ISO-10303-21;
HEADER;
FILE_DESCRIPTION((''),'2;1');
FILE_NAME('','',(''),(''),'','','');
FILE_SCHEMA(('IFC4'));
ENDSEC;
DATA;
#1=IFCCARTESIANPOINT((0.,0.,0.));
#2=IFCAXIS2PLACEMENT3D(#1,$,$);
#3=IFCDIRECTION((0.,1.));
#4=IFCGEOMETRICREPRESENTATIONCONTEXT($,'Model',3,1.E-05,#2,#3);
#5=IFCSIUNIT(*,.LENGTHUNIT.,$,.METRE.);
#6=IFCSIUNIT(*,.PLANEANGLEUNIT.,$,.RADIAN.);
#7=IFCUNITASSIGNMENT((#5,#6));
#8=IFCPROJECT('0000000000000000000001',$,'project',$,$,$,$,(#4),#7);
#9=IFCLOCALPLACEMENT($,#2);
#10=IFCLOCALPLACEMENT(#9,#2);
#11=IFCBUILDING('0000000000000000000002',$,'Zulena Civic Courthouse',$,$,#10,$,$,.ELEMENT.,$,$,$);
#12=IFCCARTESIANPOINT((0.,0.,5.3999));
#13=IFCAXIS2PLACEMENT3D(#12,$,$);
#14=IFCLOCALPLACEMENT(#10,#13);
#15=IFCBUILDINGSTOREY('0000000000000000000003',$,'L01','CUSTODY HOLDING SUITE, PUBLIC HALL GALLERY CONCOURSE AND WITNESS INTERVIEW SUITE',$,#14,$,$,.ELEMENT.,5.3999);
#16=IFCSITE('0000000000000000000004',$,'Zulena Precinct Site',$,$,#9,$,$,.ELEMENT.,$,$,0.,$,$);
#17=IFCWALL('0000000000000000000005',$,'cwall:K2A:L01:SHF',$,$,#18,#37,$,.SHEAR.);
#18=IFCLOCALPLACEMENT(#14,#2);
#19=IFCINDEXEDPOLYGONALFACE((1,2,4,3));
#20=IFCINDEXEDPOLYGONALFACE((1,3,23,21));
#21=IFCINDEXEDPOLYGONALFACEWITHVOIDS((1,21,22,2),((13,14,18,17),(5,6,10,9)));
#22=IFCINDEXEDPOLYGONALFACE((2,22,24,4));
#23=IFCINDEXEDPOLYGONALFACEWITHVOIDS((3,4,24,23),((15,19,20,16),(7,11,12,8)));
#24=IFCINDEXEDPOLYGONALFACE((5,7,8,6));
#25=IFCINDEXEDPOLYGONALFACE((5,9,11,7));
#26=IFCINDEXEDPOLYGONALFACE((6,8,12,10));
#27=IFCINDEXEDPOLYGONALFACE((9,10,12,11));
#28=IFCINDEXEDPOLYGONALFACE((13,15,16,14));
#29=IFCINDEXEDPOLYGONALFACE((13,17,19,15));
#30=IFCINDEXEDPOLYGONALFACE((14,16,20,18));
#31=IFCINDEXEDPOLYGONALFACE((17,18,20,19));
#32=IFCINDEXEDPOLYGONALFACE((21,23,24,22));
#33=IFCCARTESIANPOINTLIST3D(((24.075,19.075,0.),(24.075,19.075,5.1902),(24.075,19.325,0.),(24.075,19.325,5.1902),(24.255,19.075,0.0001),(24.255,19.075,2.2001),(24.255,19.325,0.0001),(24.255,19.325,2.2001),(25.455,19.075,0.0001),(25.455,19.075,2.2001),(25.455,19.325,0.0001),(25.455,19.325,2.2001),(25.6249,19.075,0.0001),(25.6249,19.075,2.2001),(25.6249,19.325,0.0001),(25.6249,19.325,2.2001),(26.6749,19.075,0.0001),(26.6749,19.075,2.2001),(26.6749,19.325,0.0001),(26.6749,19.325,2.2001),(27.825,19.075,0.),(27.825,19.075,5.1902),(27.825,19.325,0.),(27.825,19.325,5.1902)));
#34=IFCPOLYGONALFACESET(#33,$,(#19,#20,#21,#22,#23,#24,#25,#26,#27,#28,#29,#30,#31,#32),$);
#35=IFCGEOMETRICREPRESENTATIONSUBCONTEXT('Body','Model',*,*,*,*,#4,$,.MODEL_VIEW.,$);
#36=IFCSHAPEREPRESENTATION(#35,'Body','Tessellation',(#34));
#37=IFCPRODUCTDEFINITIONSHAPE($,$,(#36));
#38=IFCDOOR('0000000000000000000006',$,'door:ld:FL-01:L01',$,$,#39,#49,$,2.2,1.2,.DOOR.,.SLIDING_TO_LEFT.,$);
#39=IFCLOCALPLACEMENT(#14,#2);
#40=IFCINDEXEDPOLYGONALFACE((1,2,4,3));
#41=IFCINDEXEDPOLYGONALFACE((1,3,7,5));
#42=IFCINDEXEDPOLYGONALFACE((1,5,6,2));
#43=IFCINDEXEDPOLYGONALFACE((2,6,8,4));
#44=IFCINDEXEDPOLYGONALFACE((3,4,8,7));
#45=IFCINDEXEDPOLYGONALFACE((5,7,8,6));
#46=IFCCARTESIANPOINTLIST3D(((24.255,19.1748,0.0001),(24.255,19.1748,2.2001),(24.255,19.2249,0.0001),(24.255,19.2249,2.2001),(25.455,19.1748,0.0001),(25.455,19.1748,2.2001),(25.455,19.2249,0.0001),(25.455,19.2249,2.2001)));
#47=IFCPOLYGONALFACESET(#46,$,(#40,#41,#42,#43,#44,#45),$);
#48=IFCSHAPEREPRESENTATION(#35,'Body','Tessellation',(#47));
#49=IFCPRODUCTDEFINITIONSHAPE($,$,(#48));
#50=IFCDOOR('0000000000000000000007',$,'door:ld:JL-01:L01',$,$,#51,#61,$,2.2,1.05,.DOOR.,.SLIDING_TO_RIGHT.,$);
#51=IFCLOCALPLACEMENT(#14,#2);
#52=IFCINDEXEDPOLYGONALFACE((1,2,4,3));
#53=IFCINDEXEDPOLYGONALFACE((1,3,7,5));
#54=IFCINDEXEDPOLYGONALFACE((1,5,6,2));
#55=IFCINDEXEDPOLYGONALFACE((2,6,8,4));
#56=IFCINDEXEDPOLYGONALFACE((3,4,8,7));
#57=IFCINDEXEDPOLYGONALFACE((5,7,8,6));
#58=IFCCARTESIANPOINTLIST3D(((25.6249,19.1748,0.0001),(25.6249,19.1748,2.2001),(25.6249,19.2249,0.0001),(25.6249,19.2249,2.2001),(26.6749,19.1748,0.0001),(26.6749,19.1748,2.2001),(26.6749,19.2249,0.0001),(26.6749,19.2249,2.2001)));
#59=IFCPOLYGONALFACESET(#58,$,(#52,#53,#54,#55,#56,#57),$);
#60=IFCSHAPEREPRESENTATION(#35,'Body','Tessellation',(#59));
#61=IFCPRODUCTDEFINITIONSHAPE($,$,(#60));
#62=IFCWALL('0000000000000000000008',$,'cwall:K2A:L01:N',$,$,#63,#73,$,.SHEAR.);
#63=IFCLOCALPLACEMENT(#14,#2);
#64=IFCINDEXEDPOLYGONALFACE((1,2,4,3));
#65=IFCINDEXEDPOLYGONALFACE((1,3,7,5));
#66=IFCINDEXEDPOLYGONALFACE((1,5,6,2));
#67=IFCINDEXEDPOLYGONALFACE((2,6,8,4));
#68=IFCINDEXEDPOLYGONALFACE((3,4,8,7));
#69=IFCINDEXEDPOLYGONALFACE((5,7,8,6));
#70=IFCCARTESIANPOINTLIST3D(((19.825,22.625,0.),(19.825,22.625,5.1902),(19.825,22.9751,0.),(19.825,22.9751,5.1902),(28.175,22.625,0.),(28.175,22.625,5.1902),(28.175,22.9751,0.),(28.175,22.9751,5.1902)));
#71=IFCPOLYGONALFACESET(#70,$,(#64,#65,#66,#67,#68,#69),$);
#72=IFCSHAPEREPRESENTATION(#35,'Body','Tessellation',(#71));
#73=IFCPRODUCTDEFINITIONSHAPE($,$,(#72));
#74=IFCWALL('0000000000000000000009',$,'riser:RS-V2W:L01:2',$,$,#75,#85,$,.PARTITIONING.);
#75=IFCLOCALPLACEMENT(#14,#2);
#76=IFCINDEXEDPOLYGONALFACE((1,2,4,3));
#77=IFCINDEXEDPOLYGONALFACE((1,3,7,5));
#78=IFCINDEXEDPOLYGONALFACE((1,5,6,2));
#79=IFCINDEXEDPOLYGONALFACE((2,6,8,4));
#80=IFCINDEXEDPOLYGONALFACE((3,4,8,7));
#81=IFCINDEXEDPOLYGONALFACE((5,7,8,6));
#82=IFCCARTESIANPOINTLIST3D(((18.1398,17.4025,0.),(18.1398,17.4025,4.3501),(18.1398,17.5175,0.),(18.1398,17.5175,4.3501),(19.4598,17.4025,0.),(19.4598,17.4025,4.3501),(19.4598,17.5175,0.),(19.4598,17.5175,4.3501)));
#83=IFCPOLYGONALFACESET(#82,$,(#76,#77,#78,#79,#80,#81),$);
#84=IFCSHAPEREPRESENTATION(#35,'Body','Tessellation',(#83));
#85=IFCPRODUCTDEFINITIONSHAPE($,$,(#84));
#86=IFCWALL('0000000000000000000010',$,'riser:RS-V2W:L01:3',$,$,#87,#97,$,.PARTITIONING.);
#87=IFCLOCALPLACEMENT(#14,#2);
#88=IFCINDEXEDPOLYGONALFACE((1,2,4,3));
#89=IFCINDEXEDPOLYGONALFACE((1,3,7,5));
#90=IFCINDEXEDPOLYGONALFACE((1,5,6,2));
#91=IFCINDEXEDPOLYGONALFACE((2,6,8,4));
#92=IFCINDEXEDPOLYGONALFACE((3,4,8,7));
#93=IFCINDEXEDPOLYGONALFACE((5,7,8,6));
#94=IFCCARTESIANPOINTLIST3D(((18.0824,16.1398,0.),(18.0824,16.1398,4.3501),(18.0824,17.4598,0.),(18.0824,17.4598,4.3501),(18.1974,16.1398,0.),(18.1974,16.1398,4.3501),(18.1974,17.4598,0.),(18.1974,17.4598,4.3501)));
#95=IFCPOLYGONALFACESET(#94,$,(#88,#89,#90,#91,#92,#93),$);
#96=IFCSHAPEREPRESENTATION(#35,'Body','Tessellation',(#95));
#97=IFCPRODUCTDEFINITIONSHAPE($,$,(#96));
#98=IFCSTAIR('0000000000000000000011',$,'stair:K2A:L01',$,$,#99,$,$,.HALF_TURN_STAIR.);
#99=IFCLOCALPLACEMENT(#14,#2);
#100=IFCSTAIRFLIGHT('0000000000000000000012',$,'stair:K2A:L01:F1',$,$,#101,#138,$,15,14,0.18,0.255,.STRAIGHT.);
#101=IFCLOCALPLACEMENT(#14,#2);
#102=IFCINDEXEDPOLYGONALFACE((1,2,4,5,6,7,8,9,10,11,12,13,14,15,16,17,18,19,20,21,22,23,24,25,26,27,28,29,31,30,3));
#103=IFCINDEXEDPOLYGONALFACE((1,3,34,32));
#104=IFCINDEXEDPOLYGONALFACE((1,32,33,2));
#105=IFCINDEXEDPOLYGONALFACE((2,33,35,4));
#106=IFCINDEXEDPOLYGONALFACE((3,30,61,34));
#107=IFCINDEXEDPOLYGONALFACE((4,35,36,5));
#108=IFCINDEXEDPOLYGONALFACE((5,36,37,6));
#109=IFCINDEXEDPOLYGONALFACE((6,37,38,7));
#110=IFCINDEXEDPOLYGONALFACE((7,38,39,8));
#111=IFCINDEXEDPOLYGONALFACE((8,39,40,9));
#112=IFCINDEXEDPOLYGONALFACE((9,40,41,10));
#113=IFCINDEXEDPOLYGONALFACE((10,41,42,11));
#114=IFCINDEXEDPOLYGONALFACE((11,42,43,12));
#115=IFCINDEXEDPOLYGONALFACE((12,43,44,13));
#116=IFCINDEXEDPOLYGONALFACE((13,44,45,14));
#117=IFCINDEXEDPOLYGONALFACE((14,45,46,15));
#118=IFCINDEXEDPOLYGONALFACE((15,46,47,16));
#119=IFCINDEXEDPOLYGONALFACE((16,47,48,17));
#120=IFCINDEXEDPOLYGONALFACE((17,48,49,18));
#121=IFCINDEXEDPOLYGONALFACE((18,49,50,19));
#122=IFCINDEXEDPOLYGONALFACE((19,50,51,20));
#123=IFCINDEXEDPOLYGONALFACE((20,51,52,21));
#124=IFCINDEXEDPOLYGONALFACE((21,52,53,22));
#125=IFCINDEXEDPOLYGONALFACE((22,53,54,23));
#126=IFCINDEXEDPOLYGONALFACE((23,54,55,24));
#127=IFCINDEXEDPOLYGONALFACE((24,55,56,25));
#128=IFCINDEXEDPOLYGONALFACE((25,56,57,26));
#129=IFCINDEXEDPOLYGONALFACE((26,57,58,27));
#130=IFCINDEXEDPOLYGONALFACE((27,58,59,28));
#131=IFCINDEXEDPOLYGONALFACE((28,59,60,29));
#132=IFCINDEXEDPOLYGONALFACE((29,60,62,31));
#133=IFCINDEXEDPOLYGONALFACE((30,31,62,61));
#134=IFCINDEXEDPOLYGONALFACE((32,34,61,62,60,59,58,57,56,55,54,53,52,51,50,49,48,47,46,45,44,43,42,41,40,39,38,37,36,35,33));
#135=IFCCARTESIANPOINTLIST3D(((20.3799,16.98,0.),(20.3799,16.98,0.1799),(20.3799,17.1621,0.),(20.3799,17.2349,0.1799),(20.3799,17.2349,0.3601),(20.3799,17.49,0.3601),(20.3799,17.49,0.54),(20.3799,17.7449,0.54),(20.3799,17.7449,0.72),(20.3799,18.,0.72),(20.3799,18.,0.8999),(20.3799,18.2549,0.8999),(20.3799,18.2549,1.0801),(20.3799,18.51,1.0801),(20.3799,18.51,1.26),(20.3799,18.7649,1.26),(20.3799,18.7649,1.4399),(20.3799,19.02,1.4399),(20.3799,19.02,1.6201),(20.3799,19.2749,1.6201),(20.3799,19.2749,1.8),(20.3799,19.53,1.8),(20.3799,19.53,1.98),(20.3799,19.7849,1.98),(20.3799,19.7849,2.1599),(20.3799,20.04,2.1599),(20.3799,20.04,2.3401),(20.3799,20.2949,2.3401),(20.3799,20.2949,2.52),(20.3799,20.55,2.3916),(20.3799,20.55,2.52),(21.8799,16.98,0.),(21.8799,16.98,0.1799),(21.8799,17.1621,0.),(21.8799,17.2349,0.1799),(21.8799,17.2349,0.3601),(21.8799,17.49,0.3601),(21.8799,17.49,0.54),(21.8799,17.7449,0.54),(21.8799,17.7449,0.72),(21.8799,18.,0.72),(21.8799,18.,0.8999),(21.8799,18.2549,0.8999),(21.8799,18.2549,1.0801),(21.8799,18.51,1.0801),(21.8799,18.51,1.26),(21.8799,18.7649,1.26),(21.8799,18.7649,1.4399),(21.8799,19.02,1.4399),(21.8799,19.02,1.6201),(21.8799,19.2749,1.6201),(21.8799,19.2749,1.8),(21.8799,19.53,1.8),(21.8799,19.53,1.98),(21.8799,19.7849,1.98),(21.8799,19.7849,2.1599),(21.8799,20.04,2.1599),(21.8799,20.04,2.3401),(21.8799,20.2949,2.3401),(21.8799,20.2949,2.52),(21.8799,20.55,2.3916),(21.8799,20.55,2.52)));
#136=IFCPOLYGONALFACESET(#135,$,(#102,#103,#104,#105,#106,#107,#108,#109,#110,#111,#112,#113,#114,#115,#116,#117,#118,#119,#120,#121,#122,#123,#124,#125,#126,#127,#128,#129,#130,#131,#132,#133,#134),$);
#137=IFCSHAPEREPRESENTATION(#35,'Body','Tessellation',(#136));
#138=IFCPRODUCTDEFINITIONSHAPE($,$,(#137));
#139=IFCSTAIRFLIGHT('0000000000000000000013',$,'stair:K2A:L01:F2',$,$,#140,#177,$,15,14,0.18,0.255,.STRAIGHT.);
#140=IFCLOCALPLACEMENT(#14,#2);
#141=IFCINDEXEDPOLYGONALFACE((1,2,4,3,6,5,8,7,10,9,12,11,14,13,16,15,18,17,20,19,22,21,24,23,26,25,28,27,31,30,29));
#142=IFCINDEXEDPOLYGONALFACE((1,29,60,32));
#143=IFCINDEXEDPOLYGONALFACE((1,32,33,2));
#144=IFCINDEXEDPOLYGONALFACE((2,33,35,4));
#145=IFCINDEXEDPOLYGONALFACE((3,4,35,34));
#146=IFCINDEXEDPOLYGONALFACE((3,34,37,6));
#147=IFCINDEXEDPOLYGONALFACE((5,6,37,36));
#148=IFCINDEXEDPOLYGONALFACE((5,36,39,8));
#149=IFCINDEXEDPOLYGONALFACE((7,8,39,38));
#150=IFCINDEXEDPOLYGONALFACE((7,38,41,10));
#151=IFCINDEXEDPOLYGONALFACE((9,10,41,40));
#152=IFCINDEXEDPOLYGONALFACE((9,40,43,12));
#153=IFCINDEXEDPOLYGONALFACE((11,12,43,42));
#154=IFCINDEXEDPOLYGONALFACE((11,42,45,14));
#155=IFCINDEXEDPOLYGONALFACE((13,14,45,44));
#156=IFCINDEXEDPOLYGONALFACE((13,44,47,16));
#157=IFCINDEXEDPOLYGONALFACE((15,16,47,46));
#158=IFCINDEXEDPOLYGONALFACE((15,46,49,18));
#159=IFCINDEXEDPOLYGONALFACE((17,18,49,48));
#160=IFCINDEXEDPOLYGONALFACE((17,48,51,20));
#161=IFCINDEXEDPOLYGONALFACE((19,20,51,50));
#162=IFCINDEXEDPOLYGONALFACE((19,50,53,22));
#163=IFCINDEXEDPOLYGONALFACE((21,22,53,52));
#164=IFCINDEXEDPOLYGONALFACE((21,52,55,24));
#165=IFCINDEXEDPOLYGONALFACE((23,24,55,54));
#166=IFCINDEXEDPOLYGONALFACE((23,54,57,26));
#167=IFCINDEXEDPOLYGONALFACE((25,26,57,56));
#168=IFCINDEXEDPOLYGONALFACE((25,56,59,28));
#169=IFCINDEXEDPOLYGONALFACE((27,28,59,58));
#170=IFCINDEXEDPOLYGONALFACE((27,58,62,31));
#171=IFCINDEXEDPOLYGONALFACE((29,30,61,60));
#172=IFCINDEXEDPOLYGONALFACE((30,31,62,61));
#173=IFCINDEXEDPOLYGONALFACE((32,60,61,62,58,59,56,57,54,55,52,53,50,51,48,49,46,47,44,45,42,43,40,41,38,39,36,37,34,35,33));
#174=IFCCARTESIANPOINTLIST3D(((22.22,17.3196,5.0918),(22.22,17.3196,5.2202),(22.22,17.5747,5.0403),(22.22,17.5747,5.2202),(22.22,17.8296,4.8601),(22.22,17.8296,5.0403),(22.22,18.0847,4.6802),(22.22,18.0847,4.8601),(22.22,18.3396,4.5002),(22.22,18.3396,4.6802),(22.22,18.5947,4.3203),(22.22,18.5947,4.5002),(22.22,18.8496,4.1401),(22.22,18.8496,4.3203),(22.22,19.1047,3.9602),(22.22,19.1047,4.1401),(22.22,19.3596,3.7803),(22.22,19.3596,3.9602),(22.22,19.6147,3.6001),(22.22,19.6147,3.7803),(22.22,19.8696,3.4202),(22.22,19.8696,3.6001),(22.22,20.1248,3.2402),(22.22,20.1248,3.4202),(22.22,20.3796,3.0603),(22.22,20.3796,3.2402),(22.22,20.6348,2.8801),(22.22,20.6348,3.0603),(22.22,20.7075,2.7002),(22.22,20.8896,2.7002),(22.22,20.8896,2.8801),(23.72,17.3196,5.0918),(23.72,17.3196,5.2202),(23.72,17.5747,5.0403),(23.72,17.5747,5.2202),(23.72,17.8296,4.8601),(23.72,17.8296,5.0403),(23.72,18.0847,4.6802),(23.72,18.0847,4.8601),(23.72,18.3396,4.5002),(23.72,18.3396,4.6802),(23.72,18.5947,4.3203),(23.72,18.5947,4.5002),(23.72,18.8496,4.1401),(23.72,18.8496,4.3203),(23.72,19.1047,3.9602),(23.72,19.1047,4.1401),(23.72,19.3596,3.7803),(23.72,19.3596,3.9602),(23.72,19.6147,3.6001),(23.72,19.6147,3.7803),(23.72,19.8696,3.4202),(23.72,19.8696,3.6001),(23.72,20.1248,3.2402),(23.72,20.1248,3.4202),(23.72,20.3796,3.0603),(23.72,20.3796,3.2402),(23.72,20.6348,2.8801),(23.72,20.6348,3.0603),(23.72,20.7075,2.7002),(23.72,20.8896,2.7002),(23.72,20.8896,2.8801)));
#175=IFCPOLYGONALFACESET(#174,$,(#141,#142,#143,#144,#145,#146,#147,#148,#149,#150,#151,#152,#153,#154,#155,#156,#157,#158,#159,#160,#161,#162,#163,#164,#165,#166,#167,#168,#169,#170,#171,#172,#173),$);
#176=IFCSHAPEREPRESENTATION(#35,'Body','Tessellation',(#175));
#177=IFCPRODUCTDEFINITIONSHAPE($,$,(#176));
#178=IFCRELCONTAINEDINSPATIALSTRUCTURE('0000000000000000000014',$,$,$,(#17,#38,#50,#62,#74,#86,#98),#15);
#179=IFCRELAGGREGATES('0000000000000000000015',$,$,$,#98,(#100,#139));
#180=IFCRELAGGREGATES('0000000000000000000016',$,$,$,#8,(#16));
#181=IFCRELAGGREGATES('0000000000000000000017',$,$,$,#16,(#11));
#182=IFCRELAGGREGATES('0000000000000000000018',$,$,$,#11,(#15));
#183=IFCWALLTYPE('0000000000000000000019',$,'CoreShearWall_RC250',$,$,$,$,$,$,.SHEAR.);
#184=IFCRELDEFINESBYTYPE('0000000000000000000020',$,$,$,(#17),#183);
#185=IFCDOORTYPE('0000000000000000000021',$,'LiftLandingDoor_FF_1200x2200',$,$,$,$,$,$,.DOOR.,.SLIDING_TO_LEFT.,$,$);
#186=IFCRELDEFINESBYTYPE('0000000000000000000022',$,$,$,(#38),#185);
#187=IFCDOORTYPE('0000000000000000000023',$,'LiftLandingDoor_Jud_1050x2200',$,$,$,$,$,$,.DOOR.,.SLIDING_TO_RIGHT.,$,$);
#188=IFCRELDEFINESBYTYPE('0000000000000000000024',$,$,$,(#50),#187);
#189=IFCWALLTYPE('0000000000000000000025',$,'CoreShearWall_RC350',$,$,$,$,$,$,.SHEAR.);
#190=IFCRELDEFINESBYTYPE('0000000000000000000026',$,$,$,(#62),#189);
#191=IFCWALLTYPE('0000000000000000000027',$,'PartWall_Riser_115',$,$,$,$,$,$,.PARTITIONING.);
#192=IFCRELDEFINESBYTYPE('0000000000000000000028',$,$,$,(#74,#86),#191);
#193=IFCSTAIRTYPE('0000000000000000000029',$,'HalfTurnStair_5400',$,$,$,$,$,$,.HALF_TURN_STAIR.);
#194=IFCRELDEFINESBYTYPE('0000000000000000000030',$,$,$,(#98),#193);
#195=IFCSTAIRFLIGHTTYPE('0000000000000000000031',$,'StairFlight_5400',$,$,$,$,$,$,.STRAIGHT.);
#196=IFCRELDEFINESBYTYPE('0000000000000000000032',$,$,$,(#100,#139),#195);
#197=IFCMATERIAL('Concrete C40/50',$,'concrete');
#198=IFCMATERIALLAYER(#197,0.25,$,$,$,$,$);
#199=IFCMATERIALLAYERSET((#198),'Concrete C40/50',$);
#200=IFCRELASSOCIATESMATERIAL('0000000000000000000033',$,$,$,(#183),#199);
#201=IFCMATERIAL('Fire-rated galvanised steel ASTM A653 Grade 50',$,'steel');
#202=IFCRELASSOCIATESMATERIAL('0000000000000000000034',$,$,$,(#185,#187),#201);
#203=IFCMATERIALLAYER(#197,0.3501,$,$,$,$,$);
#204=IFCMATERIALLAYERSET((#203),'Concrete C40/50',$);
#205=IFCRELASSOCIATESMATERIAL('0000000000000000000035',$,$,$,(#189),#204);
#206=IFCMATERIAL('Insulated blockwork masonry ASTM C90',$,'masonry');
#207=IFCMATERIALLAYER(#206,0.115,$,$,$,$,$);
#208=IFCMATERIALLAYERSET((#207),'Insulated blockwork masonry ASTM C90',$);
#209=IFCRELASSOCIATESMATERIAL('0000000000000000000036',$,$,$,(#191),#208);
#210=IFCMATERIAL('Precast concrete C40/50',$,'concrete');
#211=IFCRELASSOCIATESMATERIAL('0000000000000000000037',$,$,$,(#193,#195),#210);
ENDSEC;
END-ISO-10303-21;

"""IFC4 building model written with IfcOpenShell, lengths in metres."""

from ifc_helpers import new_model, si_unit, direction, frame, frame_2d, origin, place, context, subcontext, project, spatial, polyline, rectangle, outline, extrude, material, layer, layer_set, type_object, element, fill, aggregate, save


model = new_model("IFC4")

# Units and contexts
model_context = context("Model", 3, precision=1e-05, world=origin(), true_north=direction((0.0, 1.0)))
body_context = subcontext(model_context, "Body", "Model", "MODEL_VIEW")
ifc_project = project(units=[si_unit("LENGTHUNIT", "METRE"), si_unit("PLANEANGLEUNIT", "RADIAN")], contexts=[model_context])

# Site, building, storey
site_placement = place(None, origin())
site = spatial("IfcSite", under=ifc_project, at=site_placement, Name="Zulena Precinct Site", CompositionType="ELEMENT", RefElevation=0.0)
building_placement = place(site_placement, origin())
building = spatial("IfcBuilding", under=site, at=building_placement, Name="Zulena Civic Courthouse", CompositionType="ELEMENT")
storey_placement = place(building_placement, frame((0.0, 0.0, 5.3999)))
storey = spatial("IfcBuildingStorey", under=building, at=storey_placement, Name="L01", Description="CUSTODY HOLDING SUITE, PUBLIC HALL GALLERY CONCOURSE AND WITNESS INTERVIEW SUITE", CompositionType="ELEMENT", Elevation=5.3999)

# Wall, openings, doors
ifc_material_1 = material(Name="Concrete C40/50", Category="concrete")
ifc_layer_1 = layer(ifc_material_1, 0.25)
ifc_layer_set_1 = layer_set([ifc_layer_1], Name="Concrete C40/50")
wall_type_1 = type_object("IfcWallType", Name="CoreShearWall_RC250", PredefinedType="SHEAR", material=ifc_layer_set_1)
wall_1_placement = place(storey_placement, frame((24.075, 19.2, 0.0), z_axis=(0.0, 0.0, 1.0), x_axis=(1.0, 0.0, 0.0)))
wall_1 = element("IfcWall", 1, at=wall_1_placement, inside=storey, type_object=wall_type_1, Name="cwall:K2A:L01:SHF", PredefinedType="SHEAR", context=body_context, shape_type="SweptSolid", body=[
    extrude(rectangle(XDim=3.75, YDim=0.25, at=frame_2d((1.875, 0.0))), origin(), (0.0, 0.0, 1.0), 5.1902),
])
opening_1_placement = place(wall_1_placement, frame((0.1799, 0.0, 0.0)))
opening_1 = element("IfcOpeningElement", 2, at=opening_1_placement, cuts=wall_1, PredefinedType="OPENING", context=body_context, shape_type="SweptSolid", body=[
    extrude(rectangle(XDim=1.2, YDim=2.2, at=frame_2d((0.6001, 1.1001))), frame((0.0, 0.135, 0.0), z_axis=(0.0, -1.0, 0.0), x_axis=(1.0, 0.0, 0.0)), (0.0, 0.0, 1.0), 0.27),
])
opening_2_placement = place(wall_1_placement, frame((1.55, 0.0, 0.0)))
opening_2 = element("IfcOpeningElement", 3, at=opening_2_placement, cuts=wall_1, PredefinedType="OPENING", context=body_context, shape_type="SweptSolid", body=[
    extrude(rectangle(XDim=1.05, YDim=2.2, at=frame_2d((0.5249, 1.1001))), frame((0.0, 0.135, 0.0), z_axis=(0.0, -1.0, 0.0), x_axis=(1.0, 0.0, 0.0)), (0.0, 0.0, 1.0), 0.27),
])
ifc_material_2 = material(Name="Fire-rated galvanised steel ASTM A653 Grade 50", Category="steel")
door_type_1 = type_object("IfcDoorType", Name="LiftLandingDoor_FF_1200x2200", OperationType="SLIDING_TO_LEFT", PredefinedType="DOOR", material=ifc_material_2)
door_1_placement = place(opening_1_placement, origin())
door_1 = element("IfcDoor", 4, at=door_1_placement, inside=storey, type_object=door_type_1, Name="door:ld:FL-01:L01", OperationType="SLIDING_TO_LEFT", OverallHeight=2.2, OverallWidth=1.2, PredefinedType="DOOR", context=body_context, shape_type="SweptSolid", body=[
    extrude(rectangle(XDim=1.2, YDim=2.2, at=frame_2d((0.6001, 1.1001))), frame((0.0, 0.0249, 0.0), z_axis=(0.0, -1.0, 0.0), x_axis=(1.0, 0.0, 0.0)), (0.0, 0.0, 1.0), 0.05),
])
fill(opening_1, door_1)
door_type_2 = type_object("IfcDoorType", Name="LiftLandingDoor_Jud_1050x2200", OperationType="SLIDING_TO_RIGHT", PredefinedType="DOOR", material=ifc_material_2)
door_2_placement = place(opening_2_placement, origin())
door_2 = element("IfcDoor", 5, at=door_2_placement, inside=storey, type_object=door_type_2, Name="door:ld:JL-01:L01", OperationType="SLIDING_TO_RIGHT", OverallHeight=2.2, OverallWidth=1.05, PredefinedType="DOOR", context=body_context, shape_type="SweptSolid", body=[
    extrude(rectangle(XDim=1.05, YDim=2.2, at=frame_2d((0.5249, 1.1001))), frame((0.0, 0.0249, 0.0), z_axis=(0.0, -1.0, 0.0), x_axis=(1.0, 0.0, 0.0)), (0.0, 0.0, 1.0), 0.05),
])
fill(opening_2, door_2)

# Walls
ifc_layer_2 = layer(ifc_material_1, 0.3501)
ifc_layer_set_2 = layer_set([ifc_layer_2], Name="Concrete C40/50")
wall_type_2 = type_object("IfcWallType", Name="CoreShearWall_RC350", PredefinedType="SHEAR", material=ifc_layer_set_2)
wall_2_placement = place(storey_placement, frame((19.825, 22.8, 0.0), z_axis=(0.0, 0.0, 1.0), x_axis=(1.0, 0.0, 0.0)))
element("IfcWall", 6, at=wall_2_placement, inside=storey, type_object=wall_type_2, Name="cwall:K2A:L01:N", PredefinedType="SHEAR", context=body_context, shape_type="SweptSolid", body=[
    extrude(rectangle(XDim=8.3501, YDim=0.3501, at=frame_2d((4.175, 0.0))), origin(), (0.0, 0.0, 1.0), 5.1902),
])
ifc_material_3 = material(Name="Insulated blockwork masonry ASTM C90", Category="masonry")
ifc_layer_3 = layer(ifc_material_3, 0.115)
ifc_layer_set_3 = layer_set([ifc_layer_3], Name="Insulated blockwork masonry ASTM C90")
wall_type_3 = type_object("IfcWallType", Name="PartWall_Riser_115", PredefinedType="PARTITIONING", material=ifc_layer_set_3)
for number, where, z_axis, x_axis, name in (
    (7, (19.46, 17.46, 0.0), (0.0, 0.0, 1.0), (-1.0, 0.0, 0.0), "riser:RS-V2W:L01:2"),
    (8, (18.1399, 17.46, 0.0), (0.0, 0.0, 1.0), (0.0, -1.0, 0.0), "riser:RS-V2W:L01:3"),
):
    element("IfcWall", number, at=place(storey_placement, frame(where, z_axis=z_axis, x_axis=x_axis)), inside=storey, type_object=wall_type_3, Name=name, PredefinedType="PARTITIONING", context=body_context, shape_type="SweptSolid", body=[
        extrude(rectangle(XDim=1.3201, YDim=0.115, at=frame_2d((0.6602, 0.0))), origin(), (0.0, 0.0, 1.0), 4.3501),
    ])

# Stair, stair flights
ifc_material_4 = material(Name="Precast concrete C40/50", Category="concrete")
stair_type = type_object("IfcStairType", Name="HalfTurnStair_5400", PredefinedType="HALF_TURN_STAIR", material=ifc_material_4)
stair_placement = place(storey_placement, origin())
stair = element("IfcStair", 9, at=stair_placement, inside=storey, type_object=stair_type, Name="stair:K2A:L01", PredefinedType="HALF_TURN_STAIR")
stair_flight_type = type_object("IfcStairFlightType", Name="StairFlight_5400", PredefinedType="STRAIGHT", material=ifc_material_4)
stair_flight_1_placement = place(storey_placement, frame((21.1299, 16.98, 0.0), z_axis=(0.0, 0.0, 1.0), x_axis=(0.0, 1.0, 0.0)))
stair_flight_1 = element("IfcStairFlight", 10, at=stair_flight_1_placement, type_object=stair_flight_type, Name="stair:K2A:L01:F1", NumberOfRisers=15, NumberOfTreads=14, PredefinedType="STRAIGHT", RiserHeight=0.18, TreadLength=0.255, context=body_context, shape_type="SweptSolid", body=[
    extrude(outline(polyline([(0.0, 0.0), (0.0, 0.1799), (0.2549, 0.1799), (0.2549, 0.3601), (0.51, 0.3601), (0.51, 0.54), (0.7649, 0.54), (0.7649, 0.72), (1.02, 0.72), (1.02, 0.8999), (1.2749, 0.8999), (1.2749, 1.0801), (1.53, 1.0801), (1.53, 1.26), (1.7849, 1.26), (1.7849, 1.4399), (2.04, 1.4399), (2.04, 1.6201), (2.2949, 1.6201), (2.2949, 1.8), (2.55, 1.8), (2.55, 1.98), (2.8049, 1.98), (2.8049, 2.1599), (3.0601, 2.1599), (3.0601, 2.3401), (3.3149, 2.3401), (3.3149, 2.52), (3.5701, 2.52), (3.5701, 2.7), (3.5701, 2.3916), (0.1821, 0.0), (0.0, 0.0)])), frame((0.0, 0.75, 0.0), z_axis=(0.0, -1.0, 0.0), x_axis=(1.0, 0.0, 0.0)), (0.0, 0.0, 1.0), 1.5),
])
stair_flight_2_placement = place(storey_placement, frame((22.97, 20.8896, 2.7002), z_axis=(0.0, 0.0, 1.0), x_axis=(0.0, -1.0, 0.0)))
stair_flight_2 = element("IfcStairFlight", 11, at=stair_flight_2_placement, type_object=stair_flight_type, Name="stair:K2A:L01:F2", NumberOfRisers=15, NumberOfTreads=14, PredefinedType="STRAIGHT", RiserHeight=0.18, TreadLength=0.255, context=body_context, shape_type="SweptSolid", body=[
    extrude(outline(polyline([(0.0, 0.0), (0.0, 0.1799), (0.2549, 0.1799), (0.2549, 0.3601), (0.51, 0.3601), (0.51, 0.54), (0.7649, 0.54), (0.7649, 0.72), (1.02, 0.72), (1.02, 0.8999), (1.2749, 0.8999), (1.2749, 1.0801), (1.53, 1.0801), (1.53, 1.26), (1.7849, 1.26), (1.7849, 1.4399), (2.04, 1.4399), (2.04, 1.6201), (2.2949, 1.6201), (2.2949, 1.8), (2.55, 1.8), (2.55, 1.98), (2.8049, 1.98), (2.8049, 2.1599), (3.0601, 2.1599), (3.0601, 2.3401), (3.3149, 2.3401), (3.3149, 2.52), (3.5701, 2.52), (3.5701, 2.7), (3.5701, 2.3916), (0.1821, 0.0), (0.0, 0.0)])), frame((0.0, 0.75, 0.0), z_axis=(0.0, -1.0, 0.0), x_axis=(1.0, 0.0, 0.0)), (0.0, 0.0, 1.0), 1.5),
])
aggregate(stair, [stair_flight_1, stair_flight_2])

save(model, "model.ifc")
